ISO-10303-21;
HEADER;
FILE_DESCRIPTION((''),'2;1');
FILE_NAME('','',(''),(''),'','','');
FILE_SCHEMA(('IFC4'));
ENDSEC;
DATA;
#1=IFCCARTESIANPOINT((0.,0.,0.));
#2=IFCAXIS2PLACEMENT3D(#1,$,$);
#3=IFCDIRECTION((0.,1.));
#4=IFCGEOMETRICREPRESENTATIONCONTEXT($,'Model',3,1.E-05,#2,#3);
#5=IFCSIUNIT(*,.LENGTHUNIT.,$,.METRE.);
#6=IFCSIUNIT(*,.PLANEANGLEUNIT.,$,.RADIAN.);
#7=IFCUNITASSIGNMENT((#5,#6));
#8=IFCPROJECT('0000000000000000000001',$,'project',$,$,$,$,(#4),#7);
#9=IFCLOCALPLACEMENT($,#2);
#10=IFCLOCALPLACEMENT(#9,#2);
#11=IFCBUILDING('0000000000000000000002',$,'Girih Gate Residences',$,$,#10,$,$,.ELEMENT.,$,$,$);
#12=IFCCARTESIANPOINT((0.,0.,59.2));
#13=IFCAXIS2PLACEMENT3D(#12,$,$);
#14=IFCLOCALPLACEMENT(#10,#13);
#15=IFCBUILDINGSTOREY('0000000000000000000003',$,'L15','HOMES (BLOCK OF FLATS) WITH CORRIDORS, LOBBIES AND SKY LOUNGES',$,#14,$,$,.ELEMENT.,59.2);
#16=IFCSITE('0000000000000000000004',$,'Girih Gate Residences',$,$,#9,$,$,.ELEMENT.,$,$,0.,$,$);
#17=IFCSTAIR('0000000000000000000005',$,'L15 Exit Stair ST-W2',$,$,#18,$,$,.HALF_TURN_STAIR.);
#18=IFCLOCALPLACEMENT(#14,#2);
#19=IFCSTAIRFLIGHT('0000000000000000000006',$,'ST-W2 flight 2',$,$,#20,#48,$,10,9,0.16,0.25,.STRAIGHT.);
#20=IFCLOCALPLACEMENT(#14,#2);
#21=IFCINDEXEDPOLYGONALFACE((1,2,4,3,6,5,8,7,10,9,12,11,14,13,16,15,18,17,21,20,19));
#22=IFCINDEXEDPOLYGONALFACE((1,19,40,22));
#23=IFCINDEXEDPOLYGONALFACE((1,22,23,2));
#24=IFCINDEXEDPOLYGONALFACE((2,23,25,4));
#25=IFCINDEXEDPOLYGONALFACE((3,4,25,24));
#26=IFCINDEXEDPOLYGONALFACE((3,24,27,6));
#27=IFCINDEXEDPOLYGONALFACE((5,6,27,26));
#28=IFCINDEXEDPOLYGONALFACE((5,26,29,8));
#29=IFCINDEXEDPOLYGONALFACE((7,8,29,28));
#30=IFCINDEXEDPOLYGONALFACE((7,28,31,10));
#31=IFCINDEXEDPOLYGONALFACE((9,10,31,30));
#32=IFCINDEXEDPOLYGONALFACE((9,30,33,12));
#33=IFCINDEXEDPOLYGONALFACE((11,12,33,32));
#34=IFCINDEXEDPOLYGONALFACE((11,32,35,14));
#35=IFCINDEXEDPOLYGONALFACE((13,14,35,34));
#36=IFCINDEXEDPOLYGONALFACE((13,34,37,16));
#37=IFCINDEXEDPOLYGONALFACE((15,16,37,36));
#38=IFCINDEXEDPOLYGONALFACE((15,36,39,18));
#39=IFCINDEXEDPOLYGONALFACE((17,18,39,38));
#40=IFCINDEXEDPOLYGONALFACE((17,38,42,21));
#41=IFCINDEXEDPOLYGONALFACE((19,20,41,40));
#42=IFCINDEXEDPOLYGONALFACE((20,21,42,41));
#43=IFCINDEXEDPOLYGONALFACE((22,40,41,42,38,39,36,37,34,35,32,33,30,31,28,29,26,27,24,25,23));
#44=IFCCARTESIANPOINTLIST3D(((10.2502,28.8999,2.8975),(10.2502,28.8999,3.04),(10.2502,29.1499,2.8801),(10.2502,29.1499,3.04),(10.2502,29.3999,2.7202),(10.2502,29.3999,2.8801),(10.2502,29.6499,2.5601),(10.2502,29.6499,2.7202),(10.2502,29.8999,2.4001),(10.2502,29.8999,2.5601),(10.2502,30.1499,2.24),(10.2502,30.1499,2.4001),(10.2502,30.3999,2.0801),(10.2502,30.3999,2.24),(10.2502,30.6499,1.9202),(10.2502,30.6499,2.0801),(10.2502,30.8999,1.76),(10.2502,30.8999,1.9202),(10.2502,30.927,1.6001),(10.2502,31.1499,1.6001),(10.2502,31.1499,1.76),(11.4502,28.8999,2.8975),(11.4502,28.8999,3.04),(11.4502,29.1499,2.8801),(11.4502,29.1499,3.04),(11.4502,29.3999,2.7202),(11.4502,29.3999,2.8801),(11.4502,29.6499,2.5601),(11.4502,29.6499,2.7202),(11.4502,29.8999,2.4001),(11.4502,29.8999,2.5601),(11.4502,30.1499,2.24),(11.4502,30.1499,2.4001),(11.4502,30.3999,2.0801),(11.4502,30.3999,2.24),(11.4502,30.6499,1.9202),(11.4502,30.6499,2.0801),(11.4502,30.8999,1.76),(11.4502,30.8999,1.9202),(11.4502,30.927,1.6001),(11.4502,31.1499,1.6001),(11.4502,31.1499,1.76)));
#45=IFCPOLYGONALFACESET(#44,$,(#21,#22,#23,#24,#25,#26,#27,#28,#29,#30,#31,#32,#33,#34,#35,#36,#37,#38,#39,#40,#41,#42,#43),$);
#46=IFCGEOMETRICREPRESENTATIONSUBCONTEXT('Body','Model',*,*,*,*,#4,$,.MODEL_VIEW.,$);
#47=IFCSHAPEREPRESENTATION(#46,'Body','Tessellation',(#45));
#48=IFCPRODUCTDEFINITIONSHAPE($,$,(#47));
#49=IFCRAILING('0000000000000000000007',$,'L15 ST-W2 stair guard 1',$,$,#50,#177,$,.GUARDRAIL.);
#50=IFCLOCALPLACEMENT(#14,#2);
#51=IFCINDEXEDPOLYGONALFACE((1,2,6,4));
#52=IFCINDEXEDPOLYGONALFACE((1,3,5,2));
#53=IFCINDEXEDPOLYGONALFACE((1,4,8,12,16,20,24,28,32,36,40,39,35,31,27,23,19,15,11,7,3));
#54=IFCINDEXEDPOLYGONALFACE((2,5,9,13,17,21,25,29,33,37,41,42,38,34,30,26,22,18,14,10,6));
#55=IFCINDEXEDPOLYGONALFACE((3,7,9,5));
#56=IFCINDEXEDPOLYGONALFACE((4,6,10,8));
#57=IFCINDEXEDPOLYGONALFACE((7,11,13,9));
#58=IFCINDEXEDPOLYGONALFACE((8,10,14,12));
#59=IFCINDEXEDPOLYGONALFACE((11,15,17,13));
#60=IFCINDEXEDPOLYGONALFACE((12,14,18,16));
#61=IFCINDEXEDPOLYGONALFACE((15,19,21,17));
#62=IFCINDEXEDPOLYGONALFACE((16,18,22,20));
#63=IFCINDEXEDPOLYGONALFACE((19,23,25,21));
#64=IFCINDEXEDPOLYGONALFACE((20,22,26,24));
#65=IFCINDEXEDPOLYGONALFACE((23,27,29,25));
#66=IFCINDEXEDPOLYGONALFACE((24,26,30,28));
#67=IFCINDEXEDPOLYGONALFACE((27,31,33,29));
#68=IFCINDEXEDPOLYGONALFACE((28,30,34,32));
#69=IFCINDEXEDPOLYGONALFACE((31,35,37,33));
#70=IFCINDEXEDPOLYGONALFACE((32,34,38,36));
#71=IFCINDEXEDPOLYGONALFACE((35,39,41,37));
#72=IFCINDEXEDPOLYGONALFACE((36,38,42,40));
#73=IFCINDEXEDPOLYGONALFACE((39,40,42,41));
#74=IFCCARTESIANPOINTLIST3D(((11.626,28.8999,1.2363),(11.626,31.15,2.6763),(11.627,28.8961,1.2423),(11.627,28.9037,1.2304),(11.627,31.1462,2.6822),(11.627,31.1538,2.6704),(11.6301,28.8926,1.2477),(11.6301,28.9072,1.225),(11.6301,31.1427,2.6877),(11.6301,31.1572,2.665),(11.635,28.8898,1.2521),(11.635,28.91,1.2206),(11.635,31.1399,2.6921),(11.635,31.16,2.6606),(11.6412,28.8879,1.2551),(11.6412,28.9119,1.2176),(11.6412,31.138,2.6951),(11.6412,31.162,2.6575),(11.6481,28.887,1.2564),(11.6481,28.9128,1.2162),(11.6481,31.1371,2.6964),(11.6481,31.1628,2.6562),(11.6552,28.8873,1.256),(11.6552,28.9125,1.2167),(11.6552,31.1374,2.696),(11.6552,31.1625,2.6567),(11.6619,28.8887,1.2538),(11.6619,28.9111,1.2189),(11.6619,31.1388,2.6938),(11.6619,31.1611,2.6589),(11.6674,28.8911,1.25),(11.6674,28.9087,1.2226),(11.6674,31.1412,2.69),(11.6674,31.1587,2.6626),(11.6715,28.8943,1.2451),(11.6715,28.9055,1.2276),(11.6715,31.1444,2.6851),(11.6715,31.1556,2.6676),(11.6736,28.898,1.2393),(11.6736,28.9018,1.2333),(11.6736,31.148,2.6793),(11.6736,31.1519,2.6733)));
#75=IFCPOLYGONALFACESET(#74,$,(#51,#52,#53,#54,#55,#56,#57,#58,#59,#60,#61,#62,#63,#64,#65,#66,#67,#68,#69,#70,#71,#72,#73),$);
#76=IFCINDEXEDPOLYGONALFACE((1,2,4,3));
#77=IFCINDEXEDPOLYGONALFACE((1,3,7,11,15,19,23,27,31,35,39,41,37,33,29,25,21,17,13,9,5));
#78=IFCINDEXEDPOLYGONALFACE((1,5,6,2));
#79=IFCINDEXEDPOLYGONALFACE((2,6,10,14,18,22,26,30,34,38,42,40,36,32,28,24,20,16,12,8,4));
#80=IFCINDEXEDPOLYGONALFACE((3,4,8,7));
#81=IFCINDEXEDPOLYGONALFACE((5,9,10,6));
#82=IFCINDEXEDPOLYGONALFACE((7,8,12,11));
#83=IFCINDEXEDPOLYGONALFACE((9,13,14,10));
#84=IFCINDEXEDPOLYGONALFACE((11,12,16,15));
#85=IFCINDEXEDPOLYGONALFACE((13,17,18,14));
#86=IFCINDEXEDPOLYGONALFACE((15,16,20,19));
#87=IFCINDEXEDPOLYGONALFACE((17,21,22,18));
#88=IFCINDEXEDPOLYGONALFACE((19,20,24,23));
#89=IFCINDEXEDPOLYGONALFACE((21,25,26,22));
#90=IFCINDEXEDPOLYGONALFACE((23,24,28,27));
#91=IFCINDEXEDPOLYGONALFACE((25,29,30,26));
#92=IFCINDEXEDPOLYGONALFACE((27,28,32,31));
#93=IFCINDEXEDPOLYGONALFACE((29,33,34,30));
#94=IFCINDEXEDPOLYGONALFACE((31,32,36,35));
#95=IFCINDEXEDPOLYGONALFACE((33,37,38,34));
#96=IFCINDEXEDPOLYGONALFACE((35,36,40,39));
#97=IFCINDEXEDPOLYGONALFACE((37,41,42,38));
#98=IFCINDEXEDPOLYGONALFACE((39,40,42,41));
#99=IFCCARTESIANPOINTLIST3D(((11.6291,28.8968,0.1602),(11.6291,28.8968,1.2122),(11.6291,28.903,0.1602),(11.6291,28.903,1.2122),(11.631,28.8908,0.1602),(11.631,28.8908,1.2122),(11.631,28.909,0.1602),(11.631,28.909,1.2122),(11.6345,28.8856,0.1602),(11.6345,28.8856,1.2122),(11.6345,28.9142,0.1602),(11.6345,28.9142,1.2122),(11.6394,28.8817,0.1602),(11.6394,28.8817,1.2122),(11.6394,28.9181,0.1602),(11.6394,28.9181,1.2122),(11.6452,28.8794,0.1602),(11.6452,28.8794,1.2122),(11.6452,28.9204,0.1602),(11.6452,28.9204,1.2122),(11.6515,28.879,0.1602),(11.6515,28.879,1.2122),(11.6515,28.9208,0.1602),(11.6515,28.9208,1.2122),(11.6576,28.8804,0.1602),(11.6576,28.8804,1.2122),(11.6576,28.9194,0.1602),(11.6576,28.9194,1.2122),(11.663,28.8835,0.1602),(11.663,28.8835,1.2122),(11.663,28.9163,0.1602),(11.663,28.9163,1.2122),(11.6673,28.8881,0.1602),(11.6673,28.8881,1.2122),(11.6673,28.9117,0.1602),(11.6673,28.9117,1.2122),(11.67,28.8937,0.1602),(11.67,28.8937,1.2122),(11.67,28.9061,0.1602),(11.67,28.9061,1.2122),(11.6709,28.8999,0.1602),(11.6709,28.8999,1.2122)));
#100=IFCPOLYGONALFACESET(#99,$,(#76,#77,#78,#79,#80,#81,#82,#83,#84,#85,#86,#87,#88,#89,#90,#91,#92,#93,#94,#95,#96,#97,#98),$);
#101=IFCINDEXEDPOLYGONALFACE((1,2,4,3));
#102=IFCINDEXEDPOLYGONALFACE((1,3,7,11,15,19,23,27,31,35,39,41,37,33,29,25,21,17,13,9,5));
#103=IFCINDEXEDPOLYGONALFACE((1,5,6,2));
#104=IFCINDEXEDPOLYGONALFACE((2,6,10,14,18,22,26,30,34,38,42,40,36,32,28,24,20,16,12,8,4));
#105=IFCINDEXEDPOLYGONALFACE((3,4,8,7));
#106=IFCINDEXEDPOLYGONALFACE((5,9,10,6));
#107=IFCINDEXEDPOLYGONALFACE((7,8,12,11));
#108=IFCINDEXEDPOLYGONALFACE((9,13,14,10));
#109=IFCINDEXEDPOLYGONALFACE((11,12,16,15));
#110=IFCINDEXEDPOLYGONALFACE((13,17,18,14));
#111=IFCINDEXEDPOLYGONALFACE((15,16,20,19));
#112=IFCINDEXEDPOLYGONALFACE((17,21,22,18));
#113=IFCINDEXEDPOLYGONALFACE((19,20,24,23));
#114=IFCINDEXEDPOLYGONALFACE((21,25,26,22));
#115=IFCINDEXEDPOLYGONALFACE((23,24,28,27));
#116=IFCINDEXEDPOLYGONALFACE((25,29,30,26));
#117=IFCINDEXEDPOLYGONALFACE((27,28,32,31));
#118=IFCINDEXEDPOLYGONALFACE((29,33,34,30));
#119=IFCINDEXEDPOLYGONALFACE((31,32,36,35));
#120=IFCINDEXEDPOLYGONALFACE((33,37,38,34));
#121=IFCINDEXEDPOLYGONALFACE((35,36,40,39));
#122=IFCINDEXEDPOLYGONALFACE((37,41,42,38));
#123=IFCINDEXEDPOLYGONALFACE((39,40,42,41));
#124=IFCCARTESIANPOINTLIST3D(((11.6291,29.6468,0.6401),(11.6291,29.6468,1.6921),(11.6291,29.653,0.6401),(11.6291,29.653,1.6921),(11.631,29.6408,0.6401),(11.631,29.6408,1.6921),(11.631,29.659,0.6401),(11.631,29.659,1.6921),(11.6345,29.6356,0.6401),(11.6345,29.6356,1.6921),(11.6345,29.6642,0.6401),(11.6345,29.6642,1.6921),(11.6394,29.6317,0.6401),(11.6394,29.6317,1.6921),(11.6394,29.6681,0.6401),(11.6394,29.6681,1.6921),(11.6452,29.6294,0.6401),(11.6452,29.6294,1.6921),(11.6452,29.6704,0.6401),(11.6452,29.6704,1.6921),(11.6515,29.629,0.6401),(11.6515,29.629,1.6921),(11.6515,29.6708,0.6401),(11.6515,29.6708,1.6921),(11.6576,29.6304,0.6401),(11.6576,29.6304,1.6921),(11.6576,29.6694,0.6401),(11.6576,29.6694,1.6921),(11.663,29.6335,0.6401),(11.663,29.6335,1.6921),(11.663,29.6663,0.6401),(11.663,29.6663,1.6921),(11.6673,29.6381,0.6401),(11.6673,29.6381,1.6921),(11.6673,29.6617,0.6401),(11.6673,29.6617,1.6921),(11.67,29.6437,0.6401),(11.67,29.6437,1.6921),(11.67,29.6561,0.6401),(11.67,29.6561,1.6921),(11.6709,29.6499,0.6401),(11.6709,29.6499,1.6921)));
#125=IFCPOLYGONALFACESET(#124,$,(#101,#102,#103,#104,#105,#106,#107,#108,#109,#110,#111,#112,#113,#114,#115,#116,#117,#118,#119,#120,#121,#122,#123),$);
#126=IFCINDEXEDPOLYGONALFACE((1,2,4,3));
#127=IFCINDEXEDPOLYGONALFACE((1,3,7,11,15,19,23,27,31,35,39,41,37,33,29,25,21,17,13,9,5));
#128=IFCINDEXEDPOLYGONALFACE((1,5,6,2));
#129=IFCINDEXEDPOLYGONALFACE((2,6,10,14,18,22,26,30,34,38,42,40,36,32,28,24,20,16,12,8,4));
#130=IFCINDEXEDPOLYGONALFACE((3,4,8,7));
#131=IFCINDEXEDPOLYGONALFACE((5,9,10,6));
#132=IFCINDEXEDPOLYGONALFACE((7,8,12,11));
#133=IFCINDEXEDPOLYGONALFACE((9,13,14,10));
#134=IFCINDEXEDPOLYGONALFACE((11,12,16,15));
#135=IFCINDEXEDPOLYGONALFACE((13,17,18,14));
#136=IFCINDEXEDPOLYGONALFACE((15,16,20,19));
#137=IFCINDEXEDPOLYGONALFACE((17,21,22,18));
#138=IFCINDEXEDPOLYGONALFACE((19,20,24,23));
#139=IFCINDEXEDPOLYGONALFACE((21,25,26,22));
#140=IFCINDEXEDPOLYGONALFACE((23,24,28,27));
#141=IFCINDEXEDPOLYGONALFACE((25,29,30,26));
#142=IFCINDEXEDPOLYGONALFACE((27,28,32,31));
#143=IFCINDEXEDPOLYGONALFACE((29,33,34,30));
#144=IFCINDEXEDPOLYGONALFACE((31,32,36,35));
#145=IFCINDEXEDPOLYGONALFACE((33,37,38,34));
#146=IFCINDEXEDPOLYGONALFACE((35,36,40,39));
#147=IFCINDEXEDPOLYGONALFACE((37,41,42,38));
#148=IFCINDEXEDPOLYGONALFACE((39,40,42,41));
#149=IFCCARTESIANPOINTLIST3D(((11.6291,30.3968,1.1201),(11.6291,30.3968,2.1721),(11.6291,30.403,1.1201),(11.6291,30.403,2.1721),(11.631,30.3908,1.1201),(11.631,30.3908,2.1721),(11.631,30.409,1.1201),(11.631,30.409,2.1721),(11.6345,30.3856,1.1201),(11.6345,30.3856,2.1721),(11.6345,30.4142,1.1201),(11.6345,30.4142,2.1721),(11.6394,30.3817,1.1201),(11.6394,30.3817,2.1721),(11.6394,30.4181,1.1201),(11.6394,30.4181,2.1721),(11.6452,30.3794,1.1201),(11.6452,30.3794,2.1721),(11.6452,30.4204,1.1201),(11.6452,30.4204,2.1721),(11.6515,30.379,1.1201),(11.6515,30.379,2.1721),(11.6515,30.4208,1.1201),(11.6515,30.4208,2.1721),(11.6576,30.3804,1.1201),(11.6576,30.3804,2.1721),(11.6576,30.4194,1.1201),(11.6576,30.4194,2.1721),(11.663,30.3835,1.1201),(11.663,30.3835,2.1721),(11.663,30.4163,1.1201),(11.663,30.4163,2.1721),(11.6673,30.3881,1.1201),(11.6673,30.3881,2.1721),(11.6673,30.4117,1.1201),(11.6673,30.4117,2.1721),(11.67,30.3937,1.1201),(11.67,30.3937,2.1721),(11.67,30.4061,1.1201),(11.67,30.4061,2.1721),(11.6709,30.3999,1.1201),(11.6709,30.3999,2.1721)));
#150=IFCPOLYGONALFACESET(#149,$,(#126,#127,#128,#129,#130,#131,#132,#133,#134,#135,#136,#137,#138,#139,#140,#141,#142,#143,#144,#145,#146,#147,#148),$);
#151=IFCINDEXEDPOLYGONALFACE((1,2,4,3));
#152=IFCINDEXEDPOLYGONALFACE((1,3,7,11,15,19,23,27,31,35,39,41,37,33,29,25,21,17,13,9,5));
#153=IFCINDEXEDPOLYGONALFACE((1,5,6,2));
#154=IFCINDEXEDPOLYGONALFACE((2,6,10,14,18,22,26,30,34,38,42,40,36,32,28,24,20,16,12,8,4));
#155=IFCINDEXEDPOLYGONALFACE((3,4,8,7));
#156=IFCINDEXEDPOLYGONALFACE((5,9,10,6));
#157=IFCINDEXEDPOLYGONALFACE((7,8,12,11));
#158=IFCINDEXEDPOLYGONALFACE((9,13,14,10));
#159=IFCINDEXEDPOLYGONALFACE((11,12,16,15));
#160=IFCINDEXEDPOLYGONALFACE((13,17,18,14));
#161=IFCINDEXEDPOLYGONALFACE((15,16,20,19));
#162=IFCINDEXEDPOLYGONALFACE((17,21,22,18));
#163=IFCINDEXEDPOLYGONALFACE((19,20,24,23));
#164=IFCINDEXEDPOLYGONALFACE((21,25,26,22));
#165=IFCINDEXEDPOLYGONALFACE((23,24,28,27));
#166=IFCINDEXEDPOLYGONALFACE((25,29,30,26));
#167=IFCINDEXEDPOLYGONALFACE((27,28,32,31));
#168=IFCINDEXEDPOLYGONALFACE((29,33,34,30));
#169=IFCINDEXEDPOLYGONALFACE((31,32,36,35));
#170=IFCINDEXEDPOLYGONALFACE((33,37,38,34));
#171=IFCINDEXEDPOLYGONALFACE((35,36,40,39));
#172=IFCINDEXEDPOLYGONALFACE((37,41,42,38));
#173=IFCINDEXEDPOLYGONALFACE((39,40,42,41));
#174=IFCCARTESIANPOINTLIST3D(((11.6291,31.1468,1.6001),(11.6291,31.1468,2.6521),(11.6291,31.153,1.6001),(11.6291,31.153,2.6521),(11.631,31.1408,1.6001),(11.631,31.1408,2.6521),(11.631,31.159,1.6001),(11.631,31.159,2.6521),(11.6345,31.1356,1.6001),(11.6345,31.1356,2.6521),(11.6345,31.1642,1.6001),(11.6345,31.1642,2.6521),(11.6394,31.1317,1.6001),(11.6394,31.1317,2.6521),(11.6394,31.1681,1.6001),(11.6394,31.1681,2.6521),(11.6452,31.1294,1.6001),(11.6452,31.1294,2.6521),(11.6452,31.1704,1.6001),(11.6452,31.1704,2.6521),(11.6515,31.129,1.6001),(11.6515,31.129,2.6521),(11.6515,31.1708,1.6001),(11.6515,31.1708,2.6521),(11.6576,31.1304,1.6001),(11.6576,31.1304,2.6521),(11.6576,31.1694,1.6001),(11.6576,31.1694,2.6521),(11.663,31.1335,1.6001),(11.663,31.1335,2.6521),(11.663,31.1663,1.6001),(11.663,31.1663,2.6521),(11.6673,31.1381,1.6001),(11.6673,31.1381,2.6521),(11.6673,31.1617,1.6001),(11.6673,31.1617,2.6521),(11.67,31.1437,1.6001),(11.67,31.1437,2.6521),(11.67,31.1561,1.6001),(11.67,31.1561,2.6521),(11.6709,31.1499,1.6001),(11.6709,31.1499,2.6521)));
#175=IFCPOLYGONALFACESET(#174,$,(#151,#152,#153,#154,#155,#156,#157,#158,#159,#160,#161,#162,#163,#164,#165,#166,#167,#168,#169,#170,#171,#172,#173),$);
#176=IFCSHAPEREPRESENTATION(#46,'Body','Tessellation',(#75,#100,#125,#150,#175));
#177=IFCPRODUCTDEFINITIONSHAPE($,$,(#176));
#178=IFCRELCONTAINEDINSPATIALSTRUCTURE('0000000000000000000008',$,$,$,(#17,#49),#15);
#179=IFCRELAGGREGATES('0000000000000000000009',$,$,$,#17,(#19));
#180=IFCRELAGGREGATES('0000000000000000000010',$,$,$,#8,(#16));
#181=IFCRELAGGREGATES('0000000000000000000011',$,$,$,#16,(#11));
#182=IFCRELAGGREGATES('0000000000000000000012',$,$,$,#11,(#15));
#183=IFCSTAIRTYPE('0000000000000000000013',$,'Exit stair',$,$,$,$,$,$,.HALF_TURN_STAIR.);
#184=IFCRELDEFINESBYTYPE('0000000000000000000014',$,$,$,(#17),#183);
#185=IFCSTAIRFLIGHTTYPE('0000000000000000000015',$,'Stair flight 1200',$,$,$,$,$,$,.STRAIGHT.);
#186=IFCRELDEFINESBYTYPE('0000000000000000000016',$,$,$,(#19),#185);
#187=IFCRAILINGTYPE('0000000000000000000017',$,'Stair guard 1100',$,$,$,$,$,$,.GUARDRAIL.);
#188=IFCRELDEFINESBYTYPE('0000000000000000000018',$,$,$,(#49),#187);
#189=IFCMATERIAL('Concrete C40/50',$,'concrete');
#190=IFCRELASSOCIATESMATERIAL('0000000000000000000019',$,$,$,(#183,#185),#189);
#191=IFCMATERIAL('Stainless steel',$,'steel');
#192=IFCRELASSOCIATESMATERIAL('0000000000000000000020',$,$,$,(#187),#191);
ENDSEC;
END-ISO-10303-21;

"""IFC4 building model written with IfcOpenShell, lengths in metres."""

from ifc_helpers import new_model, si_unit, direction, frame, origin, origin_2d, place, context, subcontext, project, spatial, polyline, circle, outline, extrude, material, type_object, element, aggregate, save


model = new_model("IFC4")

# Units and contexts
model_context = context("Model", 3, precision=1e-05, world=origin(), true_north=direction((0.0, 1.0)))
body_context = subcontext(model_context, "Body", "Model", "MODEL_VIEW")
ifc_project = project(units=[si_unit("LENGTHUNIT", "METRE"), si_unit("PLANEANGLEUNIT", "RADIAN")], contexts=[model_context])

# Site, building, storey
site_placement = place(None, origin())
site = spatial("IfcSite", under=ifc_project, at=site_placement, Name="Girih Gate Residences", CompositionType="ELEMENT", RefElevation=0.0)
building_placement = place(site_placement, origin())
building = spatial("IfcBuilding", under=site, at=building_placement, Name="Girih Gate Residences", CompositionType="ELEMENT")
storey_placement = place(building_placement, frame((0.0, 0.0, 59.2)))
storey = spatial("IfcBuildingStorey", under=building, at=storey_placement, Name="L15", Description="HOMES (BLOCK OF FLATS) WITH CORRIDORS, LOBBIES AND SKY LOUNGES", CompositionType="ELEMENT", Elevation=59.2)

# Shared definitions
ifc_material_1 = material(Name="Concrete C40/50", Category="concrete")

# Stair, stair flight
stair_type = type_object("IfcStairType", Name="Exit stair", PredefinedType="HALF_TURN_STAIR", material=ifc_material_1)
stair_placement = place(storey_placement, origin())
stair = element("IfcStair", 1, at=stair_placement, inside=storey, type_object=stair_type, Name="L15 Exit Stair ST-W2", PredefinedType="HALF_TURN_STAIR")
stair_flight_type = type_object("IfcStairFlightType", Name="Stair flight 1200", PredefinedType="STRAIGHT", material=ifc_material_1)
stair_flight_1_placement = place(storey_placement, frame((10.8501, 31.1499, 1.6001), z_axis=(0.0, 0.0, 1.0), x_axis=(0.0, -1.0, 0.0)))
stair_flight_1 = element("IfcStairFlight", 2, at=stair_flight_1_placement, type_object=stair_flight_type, Name="ST-W2 flight 2", NumberOfRisers=10, NumberOfTreads=9, PredefinedType="STRAIGHT", RiserHeight=0.16, TreadLength=0.25, context=body_context, shape_type="SweptSolid", body=[
    extrude(outline(polyline([(0.0, 0.0), (0.0, 0.1599), (0.25, 0.1599), (0.25, 0.3201), (0.5, 0.3201), (0.5, 0.48), (0.75, 0.48), (0.75, 0.6399), (1.0, 0.6399), (1.0, 0.8), (1.25, 0.8), (1.25, 0.96), (1.5, 0.96), (1.5, 1.1201), (1.75, 1.1201), (1.75, 1.28), (2.0, 1.28), (2.0, 1.4399), (2.25, 1.4399), (2.25, 1.6001), (2.25, 1.2974), (0.2229, 0.0), (0.0, 0.0)])), frame((0.0, 0.6001, 0.0), z_axis=(0.0, -1.0, 0.0), x_axis=(1.0, 0.0, 0.0)), (0.0, 0.0, 1.0), 1.2),
])
aggregate(stair, [stair_flight_1])

# Railing
ifc_material_2 = material(Name="Stainless steel", Category="steel")
railing_type_1 = type_object("IfcRailingType", Name="Stair guard 1100", PredefinedType="GUARDRAIL", material=ifc_material_2)
railing_1_placement = place(storey_placement, frame((11.6499, 28.8999, 0.1602)))
element("IfcRailing", 3, at=railing_1_placement, inside=storey, type_object=railing_type_1, Name="L15 ST-W2 stair guard 1", PredefinedType="GUARDRAIL", context=body_context, shape_type="SweptSolid", body=[
    extrude(circle(Radius=0.0239, at=origin_2d()), frame((0.0, 0.0, 1.0762), z_axis=(0.0, 0.842281, 0.539038), x_axis=(-1.0, 0.0, 0.0)), (0.0, 0.0, 1.0), 2.6714),
    extrude(circle(Radius=0.021, at=origin_2d()), origin(), (0.0, 0.0, 1.0), 1.052),
    extrude(circle(Radius=0.021, at=origin_2d()), frame((0.0, 0.75, 0.48)), (0.0, 0.0, 1.0), 1.052),
    extrude(circle(Radius=0.021, at=origin_2d()), frame((0.0, 1.5, 0.96)), (0.0, 0.0, 1.0), 1.052),
    extrude(circle(Radius=0.021, at=origin_2d()), frame((0.0, 2.25, 1.4399)), (0.0, 0.0, 1.0), 1.052),
])

save(model, "model.ifc")
